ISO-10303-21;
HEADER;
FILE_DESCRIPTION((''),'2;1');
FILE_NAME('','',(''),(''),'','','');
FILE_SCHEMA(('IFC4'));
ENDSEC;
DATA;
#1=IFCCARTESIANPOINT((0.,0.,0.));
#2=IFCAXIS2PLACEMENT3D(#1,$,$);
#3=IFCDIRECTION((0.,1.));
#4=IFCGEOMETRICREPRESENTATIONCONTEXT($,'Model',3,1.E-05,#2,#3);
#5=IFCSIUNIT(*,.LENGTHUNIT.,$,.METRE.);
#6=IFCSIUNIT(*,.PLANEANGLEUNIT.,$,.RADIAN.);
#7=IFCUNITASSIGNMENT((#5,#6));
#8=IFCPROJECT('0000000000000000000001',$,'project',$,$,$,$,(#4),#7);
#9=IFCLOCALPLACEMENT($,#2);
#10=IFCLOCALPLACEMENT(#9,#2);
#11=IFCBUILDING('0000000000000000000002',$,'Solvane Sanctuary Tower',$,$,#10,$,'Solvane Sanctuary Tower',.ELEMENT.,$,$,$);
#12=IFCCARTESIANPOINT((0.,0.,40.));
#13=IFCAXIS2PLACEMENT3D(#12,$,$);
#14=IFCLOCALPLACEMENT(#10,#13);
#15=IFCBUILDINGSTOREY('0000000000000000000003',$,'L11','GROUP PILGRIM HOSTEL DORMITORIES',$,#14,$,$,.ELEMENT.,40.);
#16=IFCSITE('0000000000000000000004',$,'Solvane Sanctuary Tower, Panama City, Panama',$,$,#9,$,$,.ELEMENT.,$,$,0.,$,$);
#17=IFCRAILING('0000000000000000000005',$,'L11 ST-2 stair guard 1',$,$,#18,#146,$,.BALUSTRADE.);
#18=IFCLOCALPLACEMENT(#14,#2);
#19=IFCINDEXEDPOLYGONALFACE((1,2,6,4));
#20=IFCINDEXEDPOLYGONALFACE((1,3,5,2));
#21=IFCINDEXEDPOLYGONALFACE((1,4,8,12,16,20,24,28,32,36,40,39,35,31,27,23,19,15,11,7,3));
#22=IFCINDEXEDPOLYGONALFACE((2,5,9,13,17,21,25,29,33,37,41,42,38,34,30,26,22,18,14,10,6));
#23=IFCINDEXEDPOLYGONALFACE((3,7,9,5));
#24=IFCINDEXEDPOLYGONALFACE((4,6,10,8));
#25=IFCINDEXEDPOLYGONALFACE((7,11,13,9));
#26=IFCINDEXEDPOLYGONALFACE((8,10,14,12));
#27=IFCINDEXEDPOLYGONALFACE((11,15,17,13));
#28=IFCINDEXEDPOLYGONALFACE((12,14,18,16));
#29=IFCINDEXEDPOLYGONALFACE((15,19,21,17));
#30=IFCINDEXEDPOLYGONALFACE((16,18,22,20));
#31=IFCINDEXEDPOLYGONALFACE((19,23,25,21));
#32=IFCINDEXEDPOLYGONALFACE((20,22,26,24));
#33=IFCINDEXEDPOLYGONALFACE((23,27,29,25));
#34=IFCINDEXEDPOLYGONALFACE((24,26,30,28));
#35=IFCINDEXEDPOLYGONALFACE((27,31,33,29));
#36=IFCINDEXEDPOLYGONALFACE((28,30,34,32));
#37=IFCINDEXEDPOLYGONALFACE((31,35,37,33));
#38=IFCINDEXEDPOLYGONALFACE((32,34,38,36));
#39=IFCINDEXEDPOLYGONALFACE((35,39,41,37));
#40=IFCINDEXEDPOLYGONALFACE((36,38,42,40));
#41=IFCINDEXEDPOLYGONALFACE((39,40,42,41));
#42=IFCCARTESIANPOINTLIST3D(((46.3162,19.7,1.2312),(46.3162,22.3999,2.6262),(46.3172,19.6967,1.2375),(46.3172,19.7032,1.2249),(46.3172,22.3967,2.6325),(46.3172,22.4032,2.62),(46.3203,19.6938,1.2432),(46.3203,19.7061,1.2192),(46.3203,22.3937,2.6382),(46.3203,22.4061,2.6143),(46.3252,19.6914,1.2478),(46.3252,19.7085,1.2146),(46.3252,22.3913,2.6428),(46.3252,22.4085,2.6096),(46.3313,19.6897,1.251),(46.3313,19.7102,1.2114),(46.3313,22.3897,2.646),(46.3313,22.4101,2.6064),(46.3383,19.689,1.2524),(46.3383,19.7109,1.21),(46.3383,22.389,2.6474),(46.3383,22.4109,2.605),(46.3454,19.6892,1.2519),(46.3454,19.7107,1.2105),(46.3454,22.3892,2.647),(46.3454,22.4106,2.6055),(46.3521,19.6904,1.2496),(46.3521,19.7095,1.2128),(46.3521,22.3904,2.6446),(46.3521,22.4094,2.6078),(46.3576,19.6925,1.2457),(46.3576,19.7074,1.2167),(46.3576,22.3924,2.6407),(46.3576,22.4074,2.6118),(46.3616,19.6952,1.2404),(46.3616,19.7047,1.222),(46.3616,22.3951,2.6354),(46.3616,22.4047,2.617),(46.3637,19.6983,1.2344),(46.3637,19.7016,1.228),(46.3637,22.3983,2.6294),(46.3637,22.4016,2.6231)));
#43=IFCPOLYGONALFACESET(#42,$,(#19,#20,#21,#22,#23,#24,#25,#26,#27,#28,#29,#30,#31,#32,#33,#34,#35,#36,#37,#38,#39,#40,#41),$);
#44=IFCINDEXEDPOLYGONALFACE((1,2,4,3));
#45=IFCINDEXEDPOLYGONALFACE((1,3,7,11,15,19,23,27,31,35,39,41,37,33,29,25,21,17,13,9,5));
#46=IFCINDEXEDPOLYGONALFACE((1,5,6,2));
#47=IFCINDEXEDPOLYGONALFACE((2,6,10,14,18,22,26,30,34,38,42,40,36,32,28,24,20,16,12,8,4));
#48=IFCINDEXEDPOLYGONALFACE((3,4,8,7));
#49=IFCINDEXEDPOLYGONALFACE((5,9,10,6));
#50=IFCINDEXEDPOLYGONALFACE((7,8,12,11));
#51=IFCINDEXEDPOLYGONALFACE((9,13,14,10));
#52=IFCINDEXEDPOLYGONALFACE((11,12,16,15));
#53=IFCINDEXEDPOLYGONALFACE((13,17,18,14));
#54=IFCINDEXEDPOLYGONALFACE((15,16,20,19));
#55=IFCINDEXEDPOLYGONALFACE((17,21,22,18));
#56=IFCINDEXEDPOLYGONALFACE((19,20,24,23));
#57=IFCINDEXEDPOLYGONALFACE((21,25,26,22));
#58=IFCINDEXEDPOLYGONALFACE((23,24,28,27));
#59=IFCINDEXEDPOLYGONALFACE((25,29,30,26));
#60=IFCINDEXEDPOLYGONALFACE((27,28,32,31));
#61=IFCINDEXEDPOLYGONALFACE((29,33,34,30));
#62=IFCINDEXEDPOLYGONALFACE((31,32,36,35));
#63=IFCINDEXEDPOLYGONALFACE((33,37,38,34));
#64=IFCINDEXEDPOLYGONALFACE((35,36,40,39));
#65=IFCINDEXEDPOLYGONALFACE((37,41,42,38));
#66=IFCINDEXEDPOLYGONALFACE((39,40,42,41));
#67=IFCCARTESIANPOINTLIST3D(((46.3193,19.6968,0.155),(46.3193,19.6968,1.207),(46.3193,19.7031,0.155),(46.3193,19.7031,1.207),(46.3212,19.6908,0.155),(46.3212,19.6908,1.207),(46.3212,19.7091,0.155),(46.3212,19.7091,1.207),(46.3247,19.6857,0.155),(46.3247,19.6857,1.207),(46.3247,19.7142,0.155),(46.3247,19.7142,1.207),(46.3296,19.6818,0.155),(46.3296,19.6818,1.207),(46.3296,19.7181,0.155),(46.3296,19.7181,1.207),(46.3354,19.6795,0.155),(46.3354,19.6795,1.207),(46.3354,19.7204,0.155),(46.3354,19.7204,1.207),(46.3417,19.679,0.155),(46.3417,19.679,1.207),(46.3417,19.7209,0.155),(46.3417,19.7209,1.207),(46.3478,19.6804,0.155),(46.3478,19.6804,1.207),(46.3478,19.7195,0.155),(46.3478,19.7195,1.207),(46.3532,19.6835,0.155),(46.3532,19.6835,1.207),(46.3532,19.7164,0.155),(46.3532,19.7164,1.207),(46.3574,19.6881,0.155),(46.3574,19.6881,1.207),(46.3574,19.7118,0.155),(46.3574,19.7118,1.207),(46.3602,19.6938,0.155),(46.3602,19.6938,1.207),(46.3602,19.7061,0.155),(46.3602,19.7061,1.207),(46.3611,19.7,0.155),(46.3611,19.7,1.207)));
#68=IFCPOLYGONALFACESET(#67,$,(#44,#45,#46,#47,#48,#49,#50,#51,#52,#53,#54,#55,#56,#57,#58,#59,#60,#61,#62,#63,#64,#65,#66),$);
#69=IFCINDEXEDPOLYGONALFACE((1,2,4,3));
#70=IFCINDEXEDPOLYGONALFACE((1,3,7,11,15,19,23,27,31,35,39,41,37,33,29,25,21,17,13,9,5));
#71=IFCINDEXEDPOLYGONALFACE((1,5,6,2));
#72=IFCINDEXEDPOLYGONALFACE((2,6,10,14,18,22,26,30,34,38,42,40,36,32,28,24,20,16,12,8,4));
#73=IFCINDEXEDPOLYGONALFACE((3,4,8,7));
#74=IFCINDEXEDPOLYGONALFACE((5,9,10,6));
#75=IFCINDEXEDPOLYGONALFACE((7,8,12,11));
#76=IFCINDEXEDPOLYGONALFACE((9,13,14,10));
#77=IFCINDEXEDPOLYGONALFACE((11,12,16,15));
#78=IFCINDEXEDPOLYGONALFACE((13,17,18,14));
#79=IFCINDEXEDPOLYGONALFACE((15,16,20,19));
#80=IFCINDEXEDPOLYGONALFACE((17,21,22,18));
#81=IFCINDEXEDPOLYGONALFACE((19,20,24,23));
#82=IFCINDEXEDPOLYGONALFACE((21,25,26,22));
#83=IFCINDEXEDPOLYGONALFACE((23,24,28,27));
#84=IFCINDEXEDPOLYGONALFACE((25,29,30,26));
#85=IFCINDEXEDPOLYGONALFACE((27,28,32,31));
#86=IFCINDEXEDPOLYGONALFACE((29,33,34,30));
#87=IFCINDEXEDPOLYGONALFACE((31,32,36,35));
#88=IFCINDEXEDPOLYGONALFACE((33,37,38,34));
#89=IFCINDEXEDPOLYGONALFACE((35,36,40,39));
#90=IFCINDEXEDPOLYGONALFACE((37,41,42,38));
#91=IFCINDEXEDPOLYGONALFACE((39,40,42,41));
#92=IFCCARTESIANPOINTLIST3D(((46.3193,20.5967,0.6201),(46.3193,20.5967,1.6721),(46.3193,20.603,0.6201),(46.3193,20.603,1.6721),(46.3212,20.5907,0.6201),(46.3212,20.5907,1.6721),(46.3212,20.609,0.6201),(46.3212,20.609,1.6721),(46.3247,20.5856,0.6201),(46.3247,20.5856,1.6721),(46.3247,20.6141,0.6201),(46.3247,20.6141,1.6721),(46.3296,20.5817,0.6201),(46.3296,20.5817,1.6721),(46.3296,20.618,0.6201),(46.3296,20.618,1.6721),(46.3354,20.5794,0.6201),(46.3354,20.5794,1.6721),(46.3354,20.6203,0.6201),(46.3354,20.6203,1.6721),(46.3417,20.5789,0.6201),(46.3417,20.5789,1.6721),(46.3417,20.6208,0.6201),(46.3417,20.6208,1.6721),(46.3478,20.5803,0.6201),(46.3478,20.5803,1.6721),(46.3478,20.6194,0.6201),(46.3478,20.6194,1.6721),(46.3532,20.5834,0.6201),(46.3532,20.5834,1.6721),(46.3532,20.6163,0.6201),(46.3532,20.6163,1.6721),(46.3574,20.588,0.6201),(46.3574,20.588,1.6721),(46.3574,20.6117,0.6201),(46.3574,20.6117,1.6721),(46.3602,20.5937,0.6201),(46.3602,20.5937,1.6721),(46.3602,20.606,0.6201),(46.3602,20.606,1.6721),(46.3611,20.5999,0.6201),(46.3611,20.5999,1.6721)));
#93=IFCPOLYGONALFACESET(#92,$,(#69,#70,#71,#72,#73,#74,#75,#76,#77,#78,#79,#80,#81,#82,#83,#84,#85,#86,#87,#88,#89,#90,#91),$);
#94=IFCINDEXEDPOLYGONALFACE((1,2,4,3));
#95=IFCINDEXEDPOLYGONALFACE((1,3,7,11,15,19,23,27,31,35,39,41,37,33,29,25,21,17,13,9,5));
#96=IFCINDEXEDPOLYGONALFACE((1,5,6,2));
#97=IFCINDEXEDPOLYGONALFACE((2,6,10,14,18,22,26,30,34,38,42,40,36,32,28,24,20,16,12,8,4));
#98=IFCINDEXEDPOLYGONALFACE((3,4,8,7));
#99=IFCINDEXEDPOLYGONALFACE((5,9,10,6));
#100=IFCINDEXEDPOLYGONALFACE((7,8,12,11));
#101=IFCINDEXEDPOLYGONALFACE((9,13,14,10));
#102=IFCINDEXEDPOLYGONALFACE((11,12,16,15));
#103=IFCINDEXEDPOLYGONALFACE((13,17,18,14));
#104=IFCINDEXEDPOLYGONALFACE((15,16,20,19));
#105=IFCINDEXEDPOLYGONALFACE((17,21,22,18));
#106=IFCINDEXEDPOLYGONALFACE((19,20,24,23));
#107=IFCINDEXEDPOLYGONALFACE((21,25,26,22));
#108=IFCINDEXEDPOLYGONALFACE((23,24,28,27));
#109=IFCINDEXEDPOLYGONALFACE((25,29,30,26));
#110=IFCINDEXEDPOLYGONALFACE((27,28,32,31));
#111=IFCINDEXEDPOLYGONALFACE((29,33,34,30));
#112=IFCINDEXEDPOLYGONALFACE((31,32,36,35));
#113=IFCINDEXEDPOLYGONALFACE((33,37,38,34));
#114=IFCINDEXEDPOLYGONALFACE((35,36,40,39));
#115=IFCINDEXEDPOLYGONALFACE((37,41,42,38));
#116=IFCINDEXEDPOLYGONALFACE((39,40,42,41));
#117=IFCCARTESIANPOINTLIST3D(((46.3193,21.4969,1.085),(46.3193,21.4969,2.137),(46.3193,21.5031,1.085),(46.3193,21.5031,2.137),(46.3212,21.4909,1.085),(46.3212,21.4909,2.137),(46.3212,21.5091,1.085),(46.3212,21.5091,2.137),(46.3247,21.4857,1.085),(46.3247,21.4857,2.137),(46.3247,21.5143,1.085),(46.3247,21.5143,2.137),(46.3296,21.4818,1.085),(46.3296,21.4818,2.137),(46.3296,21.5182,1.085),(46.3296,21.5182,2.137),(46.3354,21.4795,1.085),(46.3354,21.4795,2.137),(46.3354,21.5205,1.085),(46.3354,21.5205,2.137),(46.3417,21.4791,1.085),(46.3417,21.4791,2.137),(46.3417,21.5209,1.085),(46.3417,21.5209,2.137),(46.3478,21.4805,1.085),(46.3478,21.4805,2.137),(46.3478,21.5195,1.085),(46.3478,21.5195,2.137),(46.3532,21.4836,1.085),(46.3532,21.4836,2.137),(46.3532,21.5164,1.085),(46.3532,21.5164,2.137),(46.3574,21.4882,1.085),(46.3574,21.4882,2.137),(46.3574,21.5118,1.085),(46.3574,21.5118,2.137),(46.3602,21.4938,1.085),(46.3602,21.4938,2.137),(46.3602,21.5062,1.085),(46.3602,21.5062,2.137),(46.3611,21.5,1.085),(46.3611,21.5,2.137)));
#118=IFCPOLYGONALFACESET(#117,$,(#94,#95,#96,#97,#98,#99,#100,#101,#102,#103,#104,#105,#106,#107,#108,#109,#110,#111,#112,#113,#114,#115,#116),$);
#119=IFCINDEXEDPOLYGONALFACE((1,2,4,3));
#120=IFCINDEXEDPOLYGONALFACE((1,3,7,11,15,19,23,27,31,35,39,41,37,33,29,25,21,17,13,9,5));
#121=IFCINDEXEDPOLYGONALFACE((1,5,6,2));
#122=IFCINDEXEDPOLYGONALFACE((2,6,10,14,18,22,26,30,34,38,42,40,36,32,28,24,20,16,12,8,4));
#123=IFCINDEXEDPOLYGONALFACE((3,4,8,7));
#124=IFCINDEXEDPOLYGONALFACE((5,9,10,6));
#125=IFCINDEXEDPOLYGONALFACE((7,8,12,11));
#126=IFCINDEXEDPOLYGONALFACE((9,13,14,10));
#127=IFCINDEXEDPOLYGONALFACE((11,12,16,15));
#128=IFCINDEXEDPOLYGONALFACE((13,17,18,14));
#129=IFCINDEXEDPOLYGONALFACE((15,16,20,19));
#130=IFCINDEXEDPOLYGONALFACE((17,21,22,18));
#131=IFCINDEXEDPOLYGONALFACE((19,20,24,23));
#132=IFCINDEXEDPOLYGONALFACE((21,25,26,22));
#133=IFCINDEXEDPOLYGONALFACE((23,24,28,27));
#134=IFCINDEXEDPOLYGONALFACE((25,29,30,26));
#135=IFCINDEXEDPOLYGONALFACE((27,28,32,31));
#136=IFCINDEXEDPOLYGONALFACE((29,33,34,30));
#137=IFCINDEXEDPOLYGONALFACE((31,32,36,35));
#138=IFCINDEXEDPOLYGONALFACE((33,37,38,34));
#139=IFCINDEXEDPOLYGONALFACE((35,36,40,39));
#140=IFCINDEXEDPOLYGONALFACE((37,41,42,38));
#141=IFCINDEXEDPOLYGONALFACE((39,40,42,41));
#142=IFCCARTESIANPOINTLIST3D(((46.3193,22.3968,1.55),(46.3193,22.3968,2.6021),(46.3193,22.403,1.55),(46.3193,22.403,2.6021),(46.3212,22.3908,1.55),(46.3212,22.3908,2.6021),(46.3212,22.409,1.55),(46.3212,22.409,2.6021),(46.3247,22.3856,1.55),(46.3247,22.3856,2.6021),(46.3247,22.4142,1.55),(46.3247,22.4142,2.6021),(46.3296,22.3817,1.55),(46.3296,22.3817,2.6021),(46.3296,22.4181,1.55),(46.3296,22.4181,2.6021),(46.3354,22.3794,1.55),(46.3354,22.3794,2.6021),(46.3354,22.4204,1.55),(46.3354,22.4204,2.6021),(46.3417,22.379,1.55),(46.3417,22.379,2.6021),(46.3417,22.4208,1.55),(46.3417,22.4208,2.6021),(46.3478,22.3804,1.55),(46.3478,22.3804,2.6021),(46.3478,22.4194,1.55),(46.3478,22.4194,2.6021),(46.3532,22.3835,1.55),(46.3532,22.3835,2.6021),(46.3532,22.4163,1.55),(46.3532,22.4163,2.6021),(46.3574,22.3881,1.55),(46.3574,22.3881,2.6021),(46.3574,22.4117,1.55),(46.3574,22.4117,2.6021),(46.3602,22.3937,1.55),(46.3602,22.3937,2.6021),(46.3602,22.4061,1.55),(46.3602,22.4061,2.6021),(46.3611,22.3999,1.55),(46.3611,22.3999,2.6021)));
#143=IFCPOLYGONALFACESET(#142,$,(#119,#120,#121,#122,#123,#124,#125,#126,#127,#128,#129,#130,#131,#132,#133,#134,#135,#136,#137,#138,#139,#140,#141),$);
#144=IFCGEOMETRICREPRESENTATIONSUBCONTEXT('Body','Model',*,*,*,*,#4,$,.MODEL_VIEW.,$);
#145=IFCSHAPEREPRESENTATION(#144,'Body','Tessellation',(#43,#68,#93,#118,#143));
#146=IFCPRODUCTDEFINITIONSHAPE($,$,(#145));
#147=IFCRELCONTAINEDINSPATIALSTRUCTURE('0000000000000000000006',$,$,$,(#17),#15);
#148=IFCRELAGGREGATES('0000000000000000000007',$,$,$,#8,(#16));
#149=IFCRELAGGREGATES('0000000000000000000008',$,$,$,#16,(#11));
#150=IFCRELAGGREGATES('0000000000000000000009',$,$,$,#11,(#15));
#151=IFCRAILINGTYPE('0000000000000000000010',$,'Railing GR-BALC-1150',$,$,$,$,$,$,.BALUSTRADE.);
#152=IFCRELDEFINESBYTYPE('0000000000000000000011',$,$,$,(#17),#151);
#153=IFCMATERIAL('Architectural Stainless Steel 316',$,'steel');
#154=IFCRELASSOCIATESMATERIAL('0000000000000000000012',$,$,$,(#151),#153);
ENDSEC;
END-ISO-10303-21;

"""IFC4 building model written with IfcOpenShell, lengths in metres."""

from ifc_helpers import new_model, si_unit, direction, frame, origin, origin_2d, place, context, subcontext, project, spatial, circle, extrude, material, type_object, element, save


model = new_model("IFC4")

# Units and contexts
model_context = context("Model", 3, precision=1e-05, world=origin(), true_north=direction((0.0, 1.0)))
body_context = subcontext(model_context, "Body", "Model", "MODEL_VIEW")
ifc_project = project(units=[si_unit("LENGTHUNIT", "METRE"), si_unit("PLANEANGLEUNIT", "RADIAN")], contexts=[model_context])

# Site, building, storey
site_placement = place(None, origin())
site = spatial("IfcSite", under=ifc_project, at=site_placement, Name="Solvane Sanctuary Tower, Panama City, Panama", CompositionType="ELEMENT", RefElevation=0.0)
building_placement = place(site_placement, origin())
building = spatial("IfcBuilding", under=site, at=building_placement, Name="Solvane Sanctuary Tower", LongName="Solvane Sanctuary Tower", CompositionType="ELEMENT")
storey_placement = place(building_placement, frame((0.0, 0.0, 40.0)))
storey = spatial("IfcBuildingStorey", under=building, at=storey_placement, Name="L11", Description="GROUP PILGRIM HOSTEL DORMITORIES", CompositionType="ELEMENT", Elevation=40.0)

# Shared definitions
ifc_material_1 = material(Name="Architectural Stainless Steel 316", Category="steel")

# Railing
railing_type_1 = type_object("IfcRailingType", Name="Railing GR-BALC-1150", PredefinedType="BALUSTRADE", material=ifc_material_1)
railing_1_placement = place(storey_placement, frame((46.3401, 19.7, 0.155)))
element("IfcRailing", 1, at=railing_1_placement, inside=storey, type_object=railing_type_1, Name="L11 ST-2 stair guard 1", PredefinedType="BALUSTRADE", context=body_context, shape_type="SweptSolid", body=[
    extrude(circle(Radius=0.0239, at=origin_2d()), frame((0.0, 0.0, 1.0762), z_axis=(0.0, 0.88842, 0.459032), x_axis=(-1.0, 0.0, 0.0)), (0.0, 0.0, 1.0), 3.0391),
    extrude(circle(Radius=0.021, at=origin_2d()), origin(), (0.0, 0.0, 1.0), 1.052),
    extrude(circle(Radius=0.021, at=origin_2d()), frame((0.0, 0.8999, 0.4651)), (0.0, 0.0, 1.0), 1.052),
    extrude(circle(Radius=0.021, at=origin_2d()), frame((0.0, 1.8, 0.9299)), (0.0, 0.0, 1.0), 1.052),
    extrude(circle(Radius=0.021, at=origin_2d()), frame((0.0, 2.7, 1.395)), (0.0, 0.0, 1.0), 1.052),
])

save(model, "model.ifc")
